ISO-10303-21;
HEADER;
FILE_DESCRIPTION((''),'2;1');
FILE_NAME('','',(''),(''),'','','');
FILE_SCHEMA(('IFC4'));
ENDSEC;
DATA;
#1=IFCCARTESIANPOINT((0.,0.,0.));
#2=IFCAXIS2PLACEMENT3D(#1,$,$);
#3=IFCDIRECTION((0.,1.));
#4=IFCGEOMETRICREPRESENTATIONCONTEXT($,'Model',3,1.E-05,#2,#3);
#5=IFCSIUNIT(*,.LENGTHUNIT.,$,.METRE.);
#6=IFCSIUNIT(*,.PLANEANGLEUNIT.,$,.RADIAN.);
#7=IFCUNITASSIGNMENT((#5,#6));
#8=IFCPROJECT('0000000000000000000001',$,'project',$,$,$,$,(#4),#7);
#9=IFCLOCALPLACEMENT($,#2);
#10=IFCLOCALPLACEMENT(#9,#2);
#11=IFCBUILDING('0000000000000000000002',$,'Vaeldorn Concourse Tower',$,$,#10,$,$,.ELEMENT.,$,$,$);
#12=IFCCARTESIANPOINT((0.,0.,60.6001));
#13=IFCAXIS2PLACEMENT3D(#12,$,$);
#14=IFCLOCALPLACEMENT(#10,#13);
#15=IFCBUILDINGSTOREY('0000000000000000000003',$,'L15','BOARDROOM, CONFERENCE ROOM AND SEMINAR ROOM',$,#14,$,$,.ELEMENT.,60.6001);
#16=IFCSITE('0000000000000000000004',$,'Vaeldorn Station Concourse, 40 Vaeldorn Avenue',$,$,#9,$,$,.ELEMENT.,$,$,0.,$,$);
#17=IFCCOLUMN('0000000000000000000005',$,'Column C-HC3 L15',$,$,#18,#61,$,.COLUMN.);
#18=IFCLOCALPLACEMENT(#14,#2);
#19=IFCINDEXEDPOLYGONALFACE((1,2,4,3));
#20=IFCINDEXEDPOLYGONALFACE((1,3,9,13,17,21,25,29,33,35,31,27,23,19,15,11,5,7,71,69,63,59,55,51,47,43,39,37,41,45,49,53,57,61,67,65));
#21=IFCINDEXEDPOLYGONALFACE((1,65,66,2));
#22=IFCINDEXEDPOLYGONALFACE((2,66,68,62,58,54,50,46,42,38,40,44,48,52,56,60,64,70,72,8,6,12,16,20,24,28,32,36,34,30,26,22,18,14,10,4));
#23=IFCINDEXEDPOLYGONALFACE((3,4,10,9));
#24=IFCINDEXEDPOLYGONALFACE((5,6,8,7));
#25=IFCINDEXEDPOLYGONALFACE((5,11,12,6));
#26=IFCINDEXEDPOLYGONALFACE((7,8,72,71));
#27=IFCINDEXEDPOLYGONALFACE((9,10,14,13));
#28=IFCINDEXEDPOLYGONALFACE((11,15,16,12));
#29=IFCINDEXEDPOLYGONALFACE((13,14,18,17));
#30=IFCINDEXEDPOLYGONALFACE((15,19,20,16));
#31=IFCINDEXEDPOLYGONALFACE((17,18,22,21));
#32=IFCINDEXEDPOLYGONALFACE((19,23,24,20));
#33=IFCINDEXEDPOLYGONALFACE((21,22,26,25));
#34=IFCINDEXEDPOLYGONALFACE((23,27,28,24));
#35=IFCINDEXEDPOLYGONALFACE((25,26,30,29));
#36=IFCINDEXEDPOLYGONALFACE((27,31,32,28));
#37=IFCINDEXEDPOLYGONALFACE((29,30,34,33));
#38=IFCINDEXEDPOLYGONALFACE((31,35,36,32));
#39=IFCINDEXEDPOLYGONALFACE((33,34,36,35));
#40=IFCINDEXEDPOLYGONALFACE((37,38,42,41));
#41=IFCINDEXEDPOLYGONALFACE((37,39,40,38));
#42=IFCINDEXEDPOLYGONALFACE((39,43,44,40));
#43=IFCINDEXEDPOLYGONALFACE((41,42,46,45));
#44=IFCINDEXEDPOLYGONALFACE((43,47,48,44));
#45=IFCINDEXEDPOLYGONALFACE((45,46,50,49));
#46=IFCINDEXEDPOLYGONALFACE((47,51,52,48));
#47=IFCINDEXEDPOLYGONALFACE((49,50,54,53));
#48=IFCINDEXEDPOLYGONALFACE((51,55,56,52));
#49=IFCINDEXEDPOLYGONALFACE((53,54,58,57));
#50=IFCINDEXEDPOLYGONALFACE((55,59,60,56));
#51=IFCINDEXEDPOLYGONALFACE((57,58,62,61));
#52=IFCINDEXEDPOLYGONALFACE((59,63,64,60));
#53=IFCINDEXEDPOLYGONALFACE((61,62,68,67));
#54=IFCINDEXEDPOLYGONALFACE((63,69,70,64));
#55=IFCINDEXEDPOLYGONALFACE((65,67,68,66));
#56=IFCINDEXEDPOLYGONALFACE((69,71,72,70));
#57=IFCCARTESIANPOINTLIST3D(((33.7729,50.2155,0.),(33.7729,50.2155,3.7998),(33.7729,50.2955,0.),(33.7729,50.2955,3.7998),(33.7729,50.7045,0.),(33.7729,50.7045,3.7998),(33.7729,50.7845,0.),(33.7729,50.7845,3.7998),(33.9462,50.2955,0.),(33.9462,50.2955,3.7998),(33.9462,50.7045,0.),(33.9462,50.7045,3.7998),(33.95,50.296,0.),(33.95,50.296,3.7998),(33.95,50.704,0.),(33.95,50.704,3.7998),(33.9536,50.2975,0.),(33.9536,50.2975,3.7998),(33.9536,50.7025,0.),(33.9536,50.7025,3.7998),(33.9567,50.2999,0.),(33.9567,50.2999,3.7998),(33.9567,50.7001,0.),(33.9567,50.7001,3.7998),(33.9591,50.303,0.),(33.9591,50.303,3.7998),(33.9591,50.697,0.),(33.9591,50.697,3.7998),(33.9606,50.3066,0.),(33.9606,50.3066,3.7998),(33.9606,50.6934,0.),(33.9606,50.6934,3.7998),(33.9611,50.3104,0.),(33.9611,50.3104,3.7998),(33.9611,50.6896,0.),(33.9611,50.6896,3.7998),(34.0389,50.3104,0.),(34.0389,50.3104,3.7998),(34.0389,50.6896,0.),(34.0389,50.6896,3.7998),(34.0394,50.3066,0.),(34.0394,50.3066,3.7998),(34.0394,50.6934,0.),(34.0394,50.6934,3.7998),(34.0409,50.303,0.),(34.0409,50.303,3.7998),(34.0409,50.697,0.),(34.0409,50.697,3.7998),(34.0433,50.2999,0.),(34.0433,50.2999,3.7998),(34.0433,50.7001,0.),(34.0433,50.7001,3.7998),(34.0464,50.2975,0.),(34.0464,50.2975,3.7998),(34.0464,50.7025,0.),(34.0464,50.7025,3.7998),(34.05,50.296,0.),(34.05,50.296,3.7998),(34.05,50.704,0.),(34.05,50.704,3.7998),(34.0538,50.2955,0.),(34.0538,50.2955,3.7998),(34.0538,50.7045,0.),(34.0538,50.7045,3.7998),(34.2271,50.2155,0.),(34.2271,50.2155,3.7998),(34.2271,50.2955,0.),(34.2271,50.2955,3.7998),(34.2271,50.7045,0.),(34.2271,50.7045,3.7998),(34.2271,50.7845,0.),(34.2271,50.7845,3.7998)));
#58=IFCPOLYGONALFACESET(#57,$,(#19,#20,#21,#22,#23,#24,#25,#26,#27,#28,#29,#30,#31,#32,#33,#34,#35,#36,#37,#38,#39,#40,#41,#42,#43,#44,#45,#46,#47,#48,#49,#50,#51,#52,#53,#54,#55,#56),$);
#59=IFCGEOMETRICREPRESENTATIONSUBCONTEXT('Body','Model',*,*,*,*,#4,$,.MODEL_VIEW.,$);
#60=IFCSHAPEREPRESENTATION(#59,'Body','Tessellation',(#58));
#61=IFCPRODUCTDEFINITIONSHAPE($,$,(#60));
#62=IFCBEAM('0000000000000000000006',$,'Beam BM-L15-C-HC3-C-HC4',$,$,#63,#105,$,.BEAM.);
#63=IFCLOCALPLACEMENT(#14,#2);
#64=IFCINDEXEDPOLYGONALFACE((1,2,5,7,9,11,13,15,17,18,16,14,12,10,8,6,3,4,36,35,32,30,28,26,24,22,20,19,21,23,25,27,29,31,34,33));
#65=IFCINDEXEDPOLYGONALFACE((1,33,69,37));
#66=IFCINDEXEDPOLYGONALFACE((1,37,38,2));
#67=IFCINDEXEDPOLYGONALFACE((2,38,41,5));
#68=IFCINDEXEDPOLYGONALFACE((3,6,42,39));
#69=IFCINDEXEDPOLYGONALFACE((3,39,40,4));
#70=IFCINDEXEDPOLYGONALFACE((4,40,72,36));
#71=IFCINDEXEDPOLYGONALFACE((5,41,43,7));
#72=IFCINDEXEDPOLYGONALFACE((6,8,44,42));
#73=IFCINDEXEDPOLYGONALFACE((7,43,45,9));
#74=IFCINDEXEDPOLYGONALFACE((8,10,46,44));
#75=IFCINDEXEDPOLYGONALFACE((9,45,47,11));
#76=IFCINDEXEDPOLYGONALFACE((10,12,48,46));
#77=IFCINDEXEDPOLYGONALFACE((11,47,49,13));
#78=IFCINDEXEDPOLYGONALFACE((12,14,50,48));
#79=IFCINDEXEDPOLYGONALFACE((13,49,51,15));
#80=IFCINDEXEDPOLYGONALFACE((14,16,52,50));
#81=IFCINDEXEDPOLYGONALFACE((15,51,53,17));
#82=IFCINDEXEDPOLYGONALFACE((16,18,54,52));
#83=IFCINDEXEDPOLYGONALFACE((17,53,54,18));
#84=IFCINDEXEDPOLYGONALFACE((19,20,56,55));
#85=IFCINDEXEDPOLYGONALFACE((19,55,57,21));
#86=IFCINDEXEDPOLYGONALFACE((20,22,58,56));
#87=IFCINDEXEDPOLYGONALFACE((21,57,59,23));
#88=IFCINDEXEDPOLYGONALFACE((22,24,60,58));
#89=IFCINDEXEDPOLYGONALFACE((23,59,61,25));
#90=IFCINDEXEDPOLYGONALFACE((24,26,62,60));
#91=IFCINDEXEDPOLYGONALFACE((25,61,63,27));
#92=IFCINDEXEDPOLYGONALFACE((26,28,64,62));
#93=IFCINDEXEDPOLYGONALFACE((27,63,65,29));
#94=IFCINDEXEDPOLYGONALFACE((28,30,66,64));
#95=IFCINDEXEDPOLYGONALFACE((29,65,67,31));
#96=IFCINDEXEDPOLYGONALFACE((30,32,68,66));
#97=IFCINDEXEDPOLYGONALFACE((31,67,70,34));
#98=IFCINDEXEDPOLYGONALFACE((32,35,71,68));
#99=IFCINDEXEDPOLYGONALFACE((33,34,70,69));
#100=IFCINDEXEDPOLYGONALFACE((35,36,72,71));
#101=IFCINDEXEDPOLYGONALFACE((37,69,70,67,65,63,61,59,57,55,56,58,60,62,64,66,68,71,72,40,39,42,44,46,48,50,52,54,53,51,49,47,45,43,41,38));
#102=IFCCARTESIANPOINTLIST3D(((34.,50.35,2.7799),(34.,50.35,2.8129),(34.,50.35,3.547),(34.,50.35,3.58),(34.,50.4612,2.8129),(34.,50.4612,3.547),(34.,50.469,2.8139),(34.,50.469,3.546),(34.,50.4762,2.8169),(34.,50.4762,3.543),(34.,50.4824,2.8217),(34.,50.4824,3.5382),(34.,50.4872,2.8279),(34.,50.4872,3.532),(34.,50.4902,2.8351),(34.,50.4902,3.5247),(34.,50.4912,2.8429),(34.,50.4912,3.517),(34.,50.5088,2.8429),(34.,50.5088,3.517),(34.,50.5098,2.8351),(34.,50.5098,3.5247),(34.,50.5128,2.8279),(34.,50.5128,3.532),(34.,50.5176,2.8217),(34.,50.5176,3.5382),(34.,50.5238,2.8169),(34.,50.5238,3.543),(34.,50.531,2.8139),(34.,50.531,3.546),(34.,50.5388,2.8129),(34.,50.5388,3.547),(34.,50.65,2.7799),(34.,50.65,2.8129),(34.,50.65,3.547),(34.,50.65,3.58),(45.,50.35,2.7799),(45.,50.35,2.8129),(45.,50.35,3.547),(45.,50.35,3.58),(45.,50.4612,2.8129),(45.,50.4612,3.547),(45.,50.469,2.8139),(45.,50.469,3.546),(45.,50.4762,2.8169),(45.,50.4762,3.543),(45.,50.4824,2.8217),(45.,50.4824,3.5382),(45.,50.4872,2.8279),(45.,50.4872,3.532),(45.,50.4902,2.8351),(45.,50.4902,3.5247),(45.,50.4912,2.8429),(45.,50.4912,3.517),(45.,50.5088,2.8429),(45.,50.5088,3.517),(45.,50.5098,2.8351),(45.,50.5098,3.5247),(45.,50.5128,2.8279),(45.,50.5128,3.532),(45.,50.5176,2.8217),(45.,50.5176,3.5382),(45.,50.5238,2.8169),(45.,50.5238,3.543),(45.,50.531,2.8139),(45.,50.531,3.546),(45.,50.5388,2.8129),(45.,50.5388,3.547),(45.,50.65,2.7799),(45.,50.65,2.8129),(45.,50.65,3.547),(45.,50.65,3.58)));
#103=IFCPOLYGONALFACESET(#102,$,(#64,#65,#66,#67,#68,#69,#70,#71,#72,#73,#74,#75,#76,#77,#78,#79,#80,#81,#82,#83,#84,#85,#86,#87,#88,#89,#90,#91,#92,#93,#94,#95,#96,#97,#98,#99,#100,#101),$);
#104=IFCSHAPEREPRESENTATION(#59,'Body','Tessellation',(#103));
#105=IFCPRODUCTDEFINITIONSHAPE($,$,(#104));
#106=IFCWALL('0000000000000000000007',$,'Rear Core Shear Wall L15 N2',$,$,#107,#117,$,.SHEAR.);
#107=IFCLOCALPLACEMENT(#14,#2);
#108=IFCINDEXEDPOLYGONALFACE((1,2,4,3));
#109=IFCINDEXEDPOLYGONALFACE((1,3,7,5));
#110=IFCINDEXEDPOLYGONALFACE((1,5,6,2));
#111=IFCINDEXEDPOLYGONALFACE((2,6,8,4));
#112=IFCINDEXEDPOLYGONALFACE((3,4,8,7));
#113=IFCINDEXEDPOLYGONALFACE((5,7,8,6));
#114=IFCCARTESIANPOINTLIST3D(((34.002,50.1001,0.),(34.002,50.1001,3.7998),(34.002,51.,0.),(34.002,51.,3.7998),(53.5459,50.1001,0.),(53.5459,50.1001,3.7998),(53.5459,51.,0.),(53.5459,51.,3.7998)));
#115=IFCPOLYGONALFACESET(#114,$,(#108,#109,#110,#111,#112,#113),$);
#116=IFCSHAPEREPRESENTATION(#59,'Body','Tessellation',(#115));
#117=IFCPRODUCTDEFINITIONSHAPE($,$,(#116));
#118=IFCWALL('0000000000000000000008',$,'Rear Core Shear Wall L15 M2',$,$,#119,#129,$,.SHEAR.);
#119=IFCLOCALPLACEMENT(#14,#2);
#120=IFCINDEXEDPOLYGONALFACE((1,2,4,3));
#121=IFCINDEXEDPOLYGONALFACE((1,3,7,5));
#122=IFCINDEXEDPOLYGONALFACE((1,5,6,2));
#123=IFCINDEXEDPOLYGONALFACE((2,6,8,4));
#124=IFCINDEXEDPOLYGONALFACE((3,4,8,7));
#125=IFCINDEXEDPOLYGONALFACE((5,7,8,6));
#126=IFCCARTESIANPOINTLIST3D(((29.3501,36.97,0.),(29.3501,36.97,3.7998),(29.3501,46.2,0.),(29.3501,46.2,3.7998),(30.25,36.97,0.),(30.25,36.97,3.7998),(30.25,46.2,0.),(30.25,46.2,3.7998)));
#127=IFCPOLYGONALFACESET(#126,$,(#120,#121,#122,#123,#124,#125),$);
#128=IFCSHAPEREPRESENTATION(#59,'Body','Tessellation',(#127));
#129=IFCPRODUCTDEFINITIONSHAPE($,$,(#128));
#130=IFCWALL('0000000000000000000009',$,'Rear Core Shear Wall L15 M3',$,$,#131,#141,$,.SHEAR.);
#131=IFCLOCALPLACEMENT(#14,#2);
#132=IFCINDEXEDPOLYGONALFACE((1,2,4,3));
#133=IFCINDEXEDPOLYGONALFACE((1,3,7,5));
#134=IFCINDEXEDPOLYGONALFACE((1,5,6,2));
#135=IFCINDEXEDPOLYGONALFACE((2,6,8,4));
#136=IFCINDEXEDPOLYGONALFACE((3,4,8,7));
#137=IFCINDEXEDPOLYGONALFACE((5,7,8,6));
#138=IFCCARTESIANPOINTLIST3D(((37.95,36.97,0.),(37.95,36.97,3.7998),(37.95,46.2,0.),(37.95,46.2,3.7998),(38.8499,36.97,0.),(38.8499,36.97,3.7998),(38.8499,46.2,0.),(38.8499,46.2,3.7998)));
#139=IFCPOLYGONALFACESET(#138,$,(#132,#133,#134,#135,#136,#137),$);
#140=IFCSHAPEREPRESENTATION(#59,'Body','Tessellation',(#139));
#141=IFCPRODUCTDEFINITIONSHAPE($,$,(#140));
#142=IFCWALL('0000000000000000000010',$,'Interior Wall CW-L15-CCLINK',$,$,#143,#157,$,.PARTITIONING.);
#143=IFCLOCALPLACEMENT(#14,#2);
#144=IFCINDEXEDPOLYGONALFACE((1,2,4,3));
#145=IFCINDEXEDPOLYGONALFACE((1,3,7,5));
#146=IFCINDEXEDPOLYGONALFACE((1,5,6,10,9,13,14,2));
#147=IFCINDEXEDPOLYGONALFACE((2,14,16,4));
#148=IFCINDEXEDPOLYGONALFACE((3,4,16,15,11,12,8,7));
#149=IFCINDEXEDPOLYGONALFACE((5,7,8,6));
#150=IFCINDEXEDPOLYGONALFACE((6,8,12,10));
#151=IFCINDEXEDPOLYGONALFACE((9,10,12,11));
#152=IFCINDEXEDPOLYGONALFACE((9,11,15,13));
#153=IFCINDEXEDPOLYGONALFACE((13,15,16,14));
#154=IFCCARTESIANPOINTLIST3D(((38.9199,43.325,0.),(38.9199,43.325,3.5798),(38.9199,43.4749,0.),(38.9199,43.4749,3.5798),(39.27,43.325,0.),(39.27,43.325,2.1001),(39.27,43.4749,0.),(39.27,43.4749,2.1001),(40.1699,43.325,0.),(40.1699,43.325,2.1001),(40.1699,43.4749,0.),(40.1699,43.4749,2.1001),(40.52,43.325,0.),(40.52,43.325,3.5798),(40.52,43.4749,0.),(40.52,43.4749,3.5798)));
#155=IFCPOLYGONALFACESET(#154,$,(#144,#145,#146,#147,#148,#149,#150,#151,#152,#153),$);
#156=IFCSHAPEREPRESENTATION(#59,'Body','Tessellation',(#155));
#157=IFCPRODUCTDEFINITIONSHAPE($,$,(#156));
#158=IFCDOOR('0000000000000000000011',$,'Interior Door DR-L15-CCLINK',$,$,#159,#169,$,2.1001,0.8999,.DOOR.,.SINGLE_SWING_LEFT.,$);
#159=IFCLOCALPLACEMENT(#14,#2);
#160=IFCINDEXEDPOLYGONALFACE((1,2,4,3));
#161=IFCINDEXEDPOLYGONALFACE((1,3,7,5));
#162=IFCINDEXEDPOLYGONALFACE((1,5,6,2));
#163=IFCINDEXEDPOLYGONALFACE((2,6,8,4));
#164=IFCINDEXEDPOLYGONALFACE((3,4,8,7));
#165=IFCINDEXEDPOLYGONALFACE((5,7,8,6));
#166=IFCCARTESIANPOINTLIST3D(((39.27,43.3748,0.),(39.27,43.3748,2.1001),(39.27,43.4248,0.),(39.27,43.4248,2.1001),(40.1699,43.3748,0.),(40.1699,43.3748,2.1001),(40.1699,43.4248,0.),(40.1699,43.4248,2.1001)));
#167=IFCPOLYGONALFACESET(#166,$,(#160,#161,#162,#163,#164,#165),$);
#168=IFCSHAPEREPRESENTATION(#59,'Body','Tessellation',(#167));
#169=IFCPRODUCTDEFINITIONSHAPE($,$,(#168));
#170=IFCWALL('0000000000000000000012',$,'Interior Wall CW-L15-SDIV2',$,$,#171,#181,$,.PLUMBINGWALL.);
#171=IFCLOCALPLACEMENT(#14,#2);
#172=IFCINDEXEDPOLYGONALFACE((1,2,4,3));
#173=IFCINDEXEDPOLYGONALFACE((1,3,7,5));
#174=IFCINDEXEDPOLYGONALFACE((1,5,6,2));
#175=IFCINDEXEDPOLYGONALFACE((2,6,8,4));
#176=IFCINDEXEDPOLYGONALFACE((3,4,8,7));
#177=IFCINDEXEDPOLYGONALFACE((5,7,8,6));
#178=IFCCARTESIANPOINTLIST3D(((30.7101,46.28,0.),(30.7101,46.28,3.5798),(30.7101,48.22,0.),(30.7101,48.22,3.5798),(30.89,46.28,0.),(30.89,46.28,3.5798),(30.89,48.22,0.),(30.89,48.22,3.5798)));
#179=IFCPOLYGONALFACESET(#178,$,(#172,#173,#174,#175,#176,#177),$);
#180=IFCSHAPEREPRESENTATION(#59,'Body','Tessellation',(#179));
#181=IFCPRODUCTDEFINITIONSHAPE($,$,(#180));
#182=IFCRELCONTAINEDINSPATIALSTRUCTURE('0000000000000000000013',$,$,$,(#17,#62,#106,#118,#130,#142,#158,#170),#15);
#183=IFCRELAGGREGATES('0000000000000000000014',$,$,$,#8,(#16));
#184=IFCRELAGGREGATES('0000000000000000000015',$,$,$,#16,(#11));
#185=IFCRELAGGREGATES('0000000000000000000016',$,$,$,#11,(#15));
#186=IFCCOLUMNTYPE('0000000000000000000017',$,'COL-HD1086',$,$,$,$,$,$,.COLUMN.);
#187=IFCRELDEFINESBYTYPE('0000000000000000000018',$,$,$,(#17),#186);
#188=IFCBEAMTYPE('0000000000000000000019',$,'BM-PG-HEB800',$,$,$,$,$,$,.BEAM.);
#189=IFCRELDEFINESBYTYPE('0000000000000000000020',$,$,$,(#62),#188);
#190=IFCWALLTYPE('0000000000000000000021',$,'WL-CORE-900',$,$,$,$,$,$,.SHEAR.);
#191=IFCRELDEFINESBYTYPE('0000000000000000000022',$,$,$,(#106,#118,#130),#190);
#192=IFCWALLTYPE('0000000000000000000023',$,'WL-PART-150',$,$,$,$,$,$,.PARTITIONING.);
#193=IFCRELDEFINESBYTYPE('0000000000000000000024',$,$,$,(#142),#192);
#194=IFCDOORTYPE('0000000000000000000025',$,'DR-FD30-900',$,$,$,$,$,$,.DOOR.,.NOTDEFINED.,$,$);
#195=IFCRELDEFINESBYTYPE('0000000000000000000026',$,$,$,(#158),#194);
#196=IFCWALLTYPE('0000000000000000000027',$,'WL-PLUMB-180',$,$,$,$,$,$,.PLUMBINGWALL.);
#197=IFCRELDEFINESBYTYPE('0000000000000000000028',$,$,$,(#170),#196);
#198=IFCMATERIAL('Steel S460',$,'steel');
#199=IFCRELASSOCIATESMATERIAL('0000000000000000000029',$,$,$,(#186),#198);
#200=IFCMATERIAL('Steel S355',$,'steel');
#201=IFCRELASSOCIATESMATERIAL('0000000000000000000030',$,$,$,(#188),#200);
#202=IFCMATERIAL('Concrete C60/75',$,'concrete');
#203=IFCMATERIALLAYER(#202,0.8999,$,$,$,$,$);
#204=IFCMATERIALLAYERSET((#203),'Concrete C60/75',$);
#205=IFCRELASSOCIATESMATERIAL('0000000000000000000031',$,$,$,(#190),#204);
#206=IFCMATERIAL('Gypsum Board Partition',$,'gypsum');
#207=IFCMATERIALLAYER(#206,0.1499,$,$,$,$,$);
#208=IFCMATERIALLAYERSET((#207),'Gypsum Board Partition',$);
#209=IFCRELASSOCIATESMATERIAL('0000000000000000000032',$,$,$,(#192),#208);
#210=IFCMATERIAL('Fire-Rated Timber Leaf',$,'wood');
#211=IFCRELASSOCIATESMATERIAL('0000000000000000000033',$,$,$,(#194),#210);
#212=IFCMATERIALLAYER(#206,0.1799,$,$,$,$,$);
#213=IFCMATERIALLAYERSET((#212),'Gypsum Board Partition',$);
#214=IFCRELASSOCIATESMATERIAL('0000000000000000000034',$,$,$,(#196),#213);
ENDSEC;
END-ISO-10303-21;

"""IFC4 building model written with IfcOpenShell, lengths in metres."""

from ifc_helpers import new_model, si_unit, direction, frame, frame_2d, origin, origin_2d, place, context, subcontext, project, spatial, rectangle, i_section, extrude, source, transform, mapped, material, layer, layer_set, material_profile, profile_set, type_object, element, fill, save


model = new_model("IFC4")

# Units and contexts
model_context = context("Model", 3, precision=1e-05, world=origin(), true_north=direction((0.0, 1.0)))
body_context = subcontext(model_context, "Body", "Model", "MODEL_VIEW")
ifc_project = project(units=[si_unit("LENGTHUNIT", "METRE"), si_unit("PLANEANGLEUNIT", "RADIAN")], contexts=[model_context])

# Site, building, storey
site_placement = place(None, origin())
site = spatial("IfcSite", under=ifc_project, at=site_placement, Name="Vaeldorn Station Concourse, 40 Vaeldorn Avenue", CompositionType="ELEMENT", RefElevation=0.0)
building_placement = place(site_placement, origin())
building = spatial("IfcBuilding", under=site, at=building_placement, Name="Vaeldorn Concourse Tower", CompositionType="ELEMENT")
storey_placement = place(building_placement, frame((0.0, 0.0, 60.6001)))
storey = spatial("IfcBuildingStorey", under=building, at=storey_placement, Name="L15", Description="BOARDROOM, CONFERENCE ROOM AND SEMINAR ROOM", CompositionType="ELEMENT", Elevation=60.6001)

# Column
ifc_material_1 = material(Name="Steel S460", Category="steel")
ifc_material_profile_1 = material_profile(ifc_material_1, i_section(OverallWidth=0.4541, OverallDepth=0.5691, WebThickness=0.0779, FlangeThickness=0.0801, FilletRadius=0.0149, at=origin_2d()), Name="HD 400x1086")
ifc_profile_set_1 = profile_set([ifc_material_profile_1], Name="Steel S460")
column_type = type_object("IfcColumnType", Name="COL-HD1086", PredefinedType="COLUMN", material=ifc_profile_set_1)
shared_shape_1 = source(origin(), body_context, "Body", "SweptSolid", [
    extrude(i_section(OverallWidth=0.4541, OverallDepth=0.5691, WebThickness=0.0779, FlangeThickness=0.0801, FilletRadius=0.0149, at=origin_2d()), origin(), (0.0, 0.0, 1.0), 3.7998),
])
column_placement = place(storey_placement, frame((34.0, 50.5, 0.0), z_axis=(0.0, 0.0, 1.0), x_axis=(1.0, 0.0, 0.0)))
element("IfcColumn", 1, at=column_placement, inside=storey, type_object=column_type, Name="Column C-HC3 L15", PredefinedType="COLUMN", context=body_context, shape_type="MappedRepresentation", body=[
    mapped(shared_shape_1, transform((0.0, 0.0, 0.0), scale=1.0)),
])

# Beam
ifc_material_2 = material(Name="Steel S355", Category="steel")
ifc_material_profile_2 = material_profile(ifc_material_2, i_section(OverallWidth=0.3, OverallDepth=0.8, WebThickness=0.0176, FlangeThickness=0.033, FilletRadius=0.03, at=origin_2d()), Name="HEB 800")
ifc_profile_set_2 = profile_set([ifc_material_profile_2], Name="Steel S355")
beam_type = type_object("IfcBeamType", Name="BM-PG-HEB800", PredefinedType="BEAM", material=ifc_profile_set_2)
shared_shape_2 = source(origin(), body_context, "Body", "SweptSolid", [
    extrude(i_section(OverallWidth=0.3, OverallDepth=0.8, WebThickness=0.0176, FlangeThickness=0.033, FilletRadius=0.03, at=origin_2d()), origin(), (0.0, 0.0, 1.0), 11.0),
])
beam_placement = place(storey_placement, frame((34.0, 50.5, 3.1799), z_axis=(1.0, 0.0, 0.0), x_axis=(0.0, 1.0, 0.0)))
element("IfcBeam", 2, at=beam_placement, inside=storey, type_object=beam_type, Name="Beam BM-L15-C-HC3-C-HC4", PredefinedType="BEAM", context=body_context, shape_type="MappedRepresentation", body=[
    mapped(shared_shape_2, transform((0.0, 0.0, 0.0), scale=1.0)),
])

# Walls
ifc_material_3 = material(Name="Concrete C60/75", Category="concrete")
ifc_layer_1 = layer(ifc_material_3, 0.8999)
ifc_layer_set_1 = layer_set([ifc_layer_1], Name="Concrete C60/75")
wall_type_1 = type_object("IfcWallType", Name="WL-CORE-900", PredefinedType="SHEAR", material=ifc_layer_set_1)
wall_1_placement = place(storey_placement, frame((34.002, 50.55, 0.0), z_axis=(0.0, 0.0, 1.0), x_axis=(1.0, 0.0, 0.0)))
element("IfcWall", 3, at=wall_1_placement, inside=storey, type_object=wall_type_1, Name="Rear Core Shear Wall L15 N2", PredefinedType="SHEAR", context=body_context, shape_type="SweptSolid", body=[
    extrude(rectangle(XDim=19.5439, YDim=0.8999, at=frame_2d((9.772, 0.0))), origin(), (0.0, 0.0, 1.0), 3.7998),
])
for number, where, z_axis, x_axis, name in (
    (4, (29.8, 36.97, 0.0), (0.0, 0.0, 1.0), (0.0, 1.0, 0.0), "Rear Core Shear Wall L15 M2"),
    (5, (38.3999, 36.97, 0.0), (0.0, 0.0, 1.0), (0.0, 1.0, 0.0), "Rear Core Shear Wall L15 M3"),
):
    element("IfcWall", number, at=place(storey_placement, frame(where, z_axis=z_axis, x_axis=x_axis)), inside=storey, type_object=wall_type_1, Name=name, PredefinedType="SHEAR", context=body_context, shape_type="SweptSolid", body=[
        extrude(rectangle(XDim=9.23, YDim=0.8999, at=frame_2d((4.615, 0.0))), origin(), (0.0, 0.0, 1.0), 3.7998),
    ])

# Wall, opening, door
ifc_material_4 = material(Name="Gypsum Board Partition", Category="gypsum")
ifc_layer_2 = layer(ifc_material_4, 0.1499)
ifc_layer_set_2 = layer_set([ifc_layer_2], Name="Gypsum Board Partition")
wall_type_2 = type_object("IfcWallType", Name="WL-PART-150", PredefinedType="PARTITIONING", material=ifc_layer_set_2)
wall_2_placement = place(storey_placement, frame((38.9199, 43.3999, 0.0), z_axis=(0.0, 0.0, 1.0), x_axis=(1.0, 0.0, 0.0)))
wall_2 = element("IfcWall", 6, at=wall_2_placement, inside=storey, type_object=wall_type_2, Name="Interior Wall CW-L15-CCLINK", PredefinedType="PARTITIONING", context=body_context, shape_type="SweptSolid", body=[
    extrude(rectangle(XDim=1.6001, YDim=0.1499, at=frame_2d((0.8, 0.0))), origin(), (0.0, 0.0, 1.0), 3.5798),
])
opening_placement = place(wall_2_placement, frame((0.3501, 0.0, 0.0)))
opening = element("IfcOpeningElement", 7, at=opening_placement, cuts=wall_2, PredefinedType="OPENING", context=body_context, shape_type="SweptSolid", body=[
    extrude(rectangle(XDim=0.8999, YDim=2.1001, at=frame_2d((0.45, 1.05))), frame((0.0, 0.085, 0.0), z_axis=(0.0, -1.0, 0.0), x_axis=(1.0, 0.0, 0.0)), (0.0, 0.0, 1.0), 0.1699),
])
ifc_material_5 = material(Name="Fire-Rated Timber Leaf", Category="wood")
door_type = type_object("IfcDoorType", Name="DR-FD30-900", OperationType="NOTDEFINED", PredefinedType="DOOR", material=ifc_material_5)
shared_shape_3 = source(origin(), body_context, "Body", "SweptSolid", [
    extrude(rectangle(XDim=0.8999, YDim=2.1001, at=frame_2d((0.45, 1.05))), frame((0.0, 0.0249, 0.0), z_axis=(0.0, -1.0, 0.0), x_axis=(1.0, 0.0, 0.0)), (0.0, 0.0, 1.0), 0.05),
])
door_placement = place(opening_placement, origin())
door = element("IfcDoor", 8, at=door_placement, inside=storey, type_object=door_type, Name="Interior Door DR-L15-CCLINK", OperationType="SINGLE_SWING_LEFT", OverallHeight=2.1001, OverallWidth=0.8999, PredefinedType="DOOR", context=body_context, shape_type="MappedRepresentation", body=[
    mapped(shared_shape_3, transform((0.0, 0.0, 0.0), scale=1.0)),
])
fill(opening, door)

# Wall
ifc_layer_3 = layer(ifc_material_4, 0.1799)
ifc_layer_set_3 = layer_set([ifc_layer_3], Name="Gypsum Board Partition")
wall_type_3 = type_object("IfcWallType", Name="WL-PLUMB-180", PredefinedType="PLUMBINGWALL", material=ifc_layer_set_3)
for number, where, z_axis, x_axis, name in (
    (9, (30.8, 46.28, 0.0), (0.0, 0.0, 1.0), (0.0, 1.0, 0.0), "Interior Wall CW-L15-SDIV2"),
):
    element("IfcWall", number, at=place(storey_placement, frame(where, z_axis=z_axis, x_axis=x_axis)), inside=storey, type_object=wall_type_3, Name=name, PredefinedType="PLUMBINGWALL", context=body_context, shape_type="SweptSolid", body=[
        extrude(rectangle(XDim=1.9399, YDim=0.1799, at=frame_2d((0.97, 0.0))), origin(), (0.0, 0.0, 1.0), 3.5798),
    ])

save(model, "model.ifc")
